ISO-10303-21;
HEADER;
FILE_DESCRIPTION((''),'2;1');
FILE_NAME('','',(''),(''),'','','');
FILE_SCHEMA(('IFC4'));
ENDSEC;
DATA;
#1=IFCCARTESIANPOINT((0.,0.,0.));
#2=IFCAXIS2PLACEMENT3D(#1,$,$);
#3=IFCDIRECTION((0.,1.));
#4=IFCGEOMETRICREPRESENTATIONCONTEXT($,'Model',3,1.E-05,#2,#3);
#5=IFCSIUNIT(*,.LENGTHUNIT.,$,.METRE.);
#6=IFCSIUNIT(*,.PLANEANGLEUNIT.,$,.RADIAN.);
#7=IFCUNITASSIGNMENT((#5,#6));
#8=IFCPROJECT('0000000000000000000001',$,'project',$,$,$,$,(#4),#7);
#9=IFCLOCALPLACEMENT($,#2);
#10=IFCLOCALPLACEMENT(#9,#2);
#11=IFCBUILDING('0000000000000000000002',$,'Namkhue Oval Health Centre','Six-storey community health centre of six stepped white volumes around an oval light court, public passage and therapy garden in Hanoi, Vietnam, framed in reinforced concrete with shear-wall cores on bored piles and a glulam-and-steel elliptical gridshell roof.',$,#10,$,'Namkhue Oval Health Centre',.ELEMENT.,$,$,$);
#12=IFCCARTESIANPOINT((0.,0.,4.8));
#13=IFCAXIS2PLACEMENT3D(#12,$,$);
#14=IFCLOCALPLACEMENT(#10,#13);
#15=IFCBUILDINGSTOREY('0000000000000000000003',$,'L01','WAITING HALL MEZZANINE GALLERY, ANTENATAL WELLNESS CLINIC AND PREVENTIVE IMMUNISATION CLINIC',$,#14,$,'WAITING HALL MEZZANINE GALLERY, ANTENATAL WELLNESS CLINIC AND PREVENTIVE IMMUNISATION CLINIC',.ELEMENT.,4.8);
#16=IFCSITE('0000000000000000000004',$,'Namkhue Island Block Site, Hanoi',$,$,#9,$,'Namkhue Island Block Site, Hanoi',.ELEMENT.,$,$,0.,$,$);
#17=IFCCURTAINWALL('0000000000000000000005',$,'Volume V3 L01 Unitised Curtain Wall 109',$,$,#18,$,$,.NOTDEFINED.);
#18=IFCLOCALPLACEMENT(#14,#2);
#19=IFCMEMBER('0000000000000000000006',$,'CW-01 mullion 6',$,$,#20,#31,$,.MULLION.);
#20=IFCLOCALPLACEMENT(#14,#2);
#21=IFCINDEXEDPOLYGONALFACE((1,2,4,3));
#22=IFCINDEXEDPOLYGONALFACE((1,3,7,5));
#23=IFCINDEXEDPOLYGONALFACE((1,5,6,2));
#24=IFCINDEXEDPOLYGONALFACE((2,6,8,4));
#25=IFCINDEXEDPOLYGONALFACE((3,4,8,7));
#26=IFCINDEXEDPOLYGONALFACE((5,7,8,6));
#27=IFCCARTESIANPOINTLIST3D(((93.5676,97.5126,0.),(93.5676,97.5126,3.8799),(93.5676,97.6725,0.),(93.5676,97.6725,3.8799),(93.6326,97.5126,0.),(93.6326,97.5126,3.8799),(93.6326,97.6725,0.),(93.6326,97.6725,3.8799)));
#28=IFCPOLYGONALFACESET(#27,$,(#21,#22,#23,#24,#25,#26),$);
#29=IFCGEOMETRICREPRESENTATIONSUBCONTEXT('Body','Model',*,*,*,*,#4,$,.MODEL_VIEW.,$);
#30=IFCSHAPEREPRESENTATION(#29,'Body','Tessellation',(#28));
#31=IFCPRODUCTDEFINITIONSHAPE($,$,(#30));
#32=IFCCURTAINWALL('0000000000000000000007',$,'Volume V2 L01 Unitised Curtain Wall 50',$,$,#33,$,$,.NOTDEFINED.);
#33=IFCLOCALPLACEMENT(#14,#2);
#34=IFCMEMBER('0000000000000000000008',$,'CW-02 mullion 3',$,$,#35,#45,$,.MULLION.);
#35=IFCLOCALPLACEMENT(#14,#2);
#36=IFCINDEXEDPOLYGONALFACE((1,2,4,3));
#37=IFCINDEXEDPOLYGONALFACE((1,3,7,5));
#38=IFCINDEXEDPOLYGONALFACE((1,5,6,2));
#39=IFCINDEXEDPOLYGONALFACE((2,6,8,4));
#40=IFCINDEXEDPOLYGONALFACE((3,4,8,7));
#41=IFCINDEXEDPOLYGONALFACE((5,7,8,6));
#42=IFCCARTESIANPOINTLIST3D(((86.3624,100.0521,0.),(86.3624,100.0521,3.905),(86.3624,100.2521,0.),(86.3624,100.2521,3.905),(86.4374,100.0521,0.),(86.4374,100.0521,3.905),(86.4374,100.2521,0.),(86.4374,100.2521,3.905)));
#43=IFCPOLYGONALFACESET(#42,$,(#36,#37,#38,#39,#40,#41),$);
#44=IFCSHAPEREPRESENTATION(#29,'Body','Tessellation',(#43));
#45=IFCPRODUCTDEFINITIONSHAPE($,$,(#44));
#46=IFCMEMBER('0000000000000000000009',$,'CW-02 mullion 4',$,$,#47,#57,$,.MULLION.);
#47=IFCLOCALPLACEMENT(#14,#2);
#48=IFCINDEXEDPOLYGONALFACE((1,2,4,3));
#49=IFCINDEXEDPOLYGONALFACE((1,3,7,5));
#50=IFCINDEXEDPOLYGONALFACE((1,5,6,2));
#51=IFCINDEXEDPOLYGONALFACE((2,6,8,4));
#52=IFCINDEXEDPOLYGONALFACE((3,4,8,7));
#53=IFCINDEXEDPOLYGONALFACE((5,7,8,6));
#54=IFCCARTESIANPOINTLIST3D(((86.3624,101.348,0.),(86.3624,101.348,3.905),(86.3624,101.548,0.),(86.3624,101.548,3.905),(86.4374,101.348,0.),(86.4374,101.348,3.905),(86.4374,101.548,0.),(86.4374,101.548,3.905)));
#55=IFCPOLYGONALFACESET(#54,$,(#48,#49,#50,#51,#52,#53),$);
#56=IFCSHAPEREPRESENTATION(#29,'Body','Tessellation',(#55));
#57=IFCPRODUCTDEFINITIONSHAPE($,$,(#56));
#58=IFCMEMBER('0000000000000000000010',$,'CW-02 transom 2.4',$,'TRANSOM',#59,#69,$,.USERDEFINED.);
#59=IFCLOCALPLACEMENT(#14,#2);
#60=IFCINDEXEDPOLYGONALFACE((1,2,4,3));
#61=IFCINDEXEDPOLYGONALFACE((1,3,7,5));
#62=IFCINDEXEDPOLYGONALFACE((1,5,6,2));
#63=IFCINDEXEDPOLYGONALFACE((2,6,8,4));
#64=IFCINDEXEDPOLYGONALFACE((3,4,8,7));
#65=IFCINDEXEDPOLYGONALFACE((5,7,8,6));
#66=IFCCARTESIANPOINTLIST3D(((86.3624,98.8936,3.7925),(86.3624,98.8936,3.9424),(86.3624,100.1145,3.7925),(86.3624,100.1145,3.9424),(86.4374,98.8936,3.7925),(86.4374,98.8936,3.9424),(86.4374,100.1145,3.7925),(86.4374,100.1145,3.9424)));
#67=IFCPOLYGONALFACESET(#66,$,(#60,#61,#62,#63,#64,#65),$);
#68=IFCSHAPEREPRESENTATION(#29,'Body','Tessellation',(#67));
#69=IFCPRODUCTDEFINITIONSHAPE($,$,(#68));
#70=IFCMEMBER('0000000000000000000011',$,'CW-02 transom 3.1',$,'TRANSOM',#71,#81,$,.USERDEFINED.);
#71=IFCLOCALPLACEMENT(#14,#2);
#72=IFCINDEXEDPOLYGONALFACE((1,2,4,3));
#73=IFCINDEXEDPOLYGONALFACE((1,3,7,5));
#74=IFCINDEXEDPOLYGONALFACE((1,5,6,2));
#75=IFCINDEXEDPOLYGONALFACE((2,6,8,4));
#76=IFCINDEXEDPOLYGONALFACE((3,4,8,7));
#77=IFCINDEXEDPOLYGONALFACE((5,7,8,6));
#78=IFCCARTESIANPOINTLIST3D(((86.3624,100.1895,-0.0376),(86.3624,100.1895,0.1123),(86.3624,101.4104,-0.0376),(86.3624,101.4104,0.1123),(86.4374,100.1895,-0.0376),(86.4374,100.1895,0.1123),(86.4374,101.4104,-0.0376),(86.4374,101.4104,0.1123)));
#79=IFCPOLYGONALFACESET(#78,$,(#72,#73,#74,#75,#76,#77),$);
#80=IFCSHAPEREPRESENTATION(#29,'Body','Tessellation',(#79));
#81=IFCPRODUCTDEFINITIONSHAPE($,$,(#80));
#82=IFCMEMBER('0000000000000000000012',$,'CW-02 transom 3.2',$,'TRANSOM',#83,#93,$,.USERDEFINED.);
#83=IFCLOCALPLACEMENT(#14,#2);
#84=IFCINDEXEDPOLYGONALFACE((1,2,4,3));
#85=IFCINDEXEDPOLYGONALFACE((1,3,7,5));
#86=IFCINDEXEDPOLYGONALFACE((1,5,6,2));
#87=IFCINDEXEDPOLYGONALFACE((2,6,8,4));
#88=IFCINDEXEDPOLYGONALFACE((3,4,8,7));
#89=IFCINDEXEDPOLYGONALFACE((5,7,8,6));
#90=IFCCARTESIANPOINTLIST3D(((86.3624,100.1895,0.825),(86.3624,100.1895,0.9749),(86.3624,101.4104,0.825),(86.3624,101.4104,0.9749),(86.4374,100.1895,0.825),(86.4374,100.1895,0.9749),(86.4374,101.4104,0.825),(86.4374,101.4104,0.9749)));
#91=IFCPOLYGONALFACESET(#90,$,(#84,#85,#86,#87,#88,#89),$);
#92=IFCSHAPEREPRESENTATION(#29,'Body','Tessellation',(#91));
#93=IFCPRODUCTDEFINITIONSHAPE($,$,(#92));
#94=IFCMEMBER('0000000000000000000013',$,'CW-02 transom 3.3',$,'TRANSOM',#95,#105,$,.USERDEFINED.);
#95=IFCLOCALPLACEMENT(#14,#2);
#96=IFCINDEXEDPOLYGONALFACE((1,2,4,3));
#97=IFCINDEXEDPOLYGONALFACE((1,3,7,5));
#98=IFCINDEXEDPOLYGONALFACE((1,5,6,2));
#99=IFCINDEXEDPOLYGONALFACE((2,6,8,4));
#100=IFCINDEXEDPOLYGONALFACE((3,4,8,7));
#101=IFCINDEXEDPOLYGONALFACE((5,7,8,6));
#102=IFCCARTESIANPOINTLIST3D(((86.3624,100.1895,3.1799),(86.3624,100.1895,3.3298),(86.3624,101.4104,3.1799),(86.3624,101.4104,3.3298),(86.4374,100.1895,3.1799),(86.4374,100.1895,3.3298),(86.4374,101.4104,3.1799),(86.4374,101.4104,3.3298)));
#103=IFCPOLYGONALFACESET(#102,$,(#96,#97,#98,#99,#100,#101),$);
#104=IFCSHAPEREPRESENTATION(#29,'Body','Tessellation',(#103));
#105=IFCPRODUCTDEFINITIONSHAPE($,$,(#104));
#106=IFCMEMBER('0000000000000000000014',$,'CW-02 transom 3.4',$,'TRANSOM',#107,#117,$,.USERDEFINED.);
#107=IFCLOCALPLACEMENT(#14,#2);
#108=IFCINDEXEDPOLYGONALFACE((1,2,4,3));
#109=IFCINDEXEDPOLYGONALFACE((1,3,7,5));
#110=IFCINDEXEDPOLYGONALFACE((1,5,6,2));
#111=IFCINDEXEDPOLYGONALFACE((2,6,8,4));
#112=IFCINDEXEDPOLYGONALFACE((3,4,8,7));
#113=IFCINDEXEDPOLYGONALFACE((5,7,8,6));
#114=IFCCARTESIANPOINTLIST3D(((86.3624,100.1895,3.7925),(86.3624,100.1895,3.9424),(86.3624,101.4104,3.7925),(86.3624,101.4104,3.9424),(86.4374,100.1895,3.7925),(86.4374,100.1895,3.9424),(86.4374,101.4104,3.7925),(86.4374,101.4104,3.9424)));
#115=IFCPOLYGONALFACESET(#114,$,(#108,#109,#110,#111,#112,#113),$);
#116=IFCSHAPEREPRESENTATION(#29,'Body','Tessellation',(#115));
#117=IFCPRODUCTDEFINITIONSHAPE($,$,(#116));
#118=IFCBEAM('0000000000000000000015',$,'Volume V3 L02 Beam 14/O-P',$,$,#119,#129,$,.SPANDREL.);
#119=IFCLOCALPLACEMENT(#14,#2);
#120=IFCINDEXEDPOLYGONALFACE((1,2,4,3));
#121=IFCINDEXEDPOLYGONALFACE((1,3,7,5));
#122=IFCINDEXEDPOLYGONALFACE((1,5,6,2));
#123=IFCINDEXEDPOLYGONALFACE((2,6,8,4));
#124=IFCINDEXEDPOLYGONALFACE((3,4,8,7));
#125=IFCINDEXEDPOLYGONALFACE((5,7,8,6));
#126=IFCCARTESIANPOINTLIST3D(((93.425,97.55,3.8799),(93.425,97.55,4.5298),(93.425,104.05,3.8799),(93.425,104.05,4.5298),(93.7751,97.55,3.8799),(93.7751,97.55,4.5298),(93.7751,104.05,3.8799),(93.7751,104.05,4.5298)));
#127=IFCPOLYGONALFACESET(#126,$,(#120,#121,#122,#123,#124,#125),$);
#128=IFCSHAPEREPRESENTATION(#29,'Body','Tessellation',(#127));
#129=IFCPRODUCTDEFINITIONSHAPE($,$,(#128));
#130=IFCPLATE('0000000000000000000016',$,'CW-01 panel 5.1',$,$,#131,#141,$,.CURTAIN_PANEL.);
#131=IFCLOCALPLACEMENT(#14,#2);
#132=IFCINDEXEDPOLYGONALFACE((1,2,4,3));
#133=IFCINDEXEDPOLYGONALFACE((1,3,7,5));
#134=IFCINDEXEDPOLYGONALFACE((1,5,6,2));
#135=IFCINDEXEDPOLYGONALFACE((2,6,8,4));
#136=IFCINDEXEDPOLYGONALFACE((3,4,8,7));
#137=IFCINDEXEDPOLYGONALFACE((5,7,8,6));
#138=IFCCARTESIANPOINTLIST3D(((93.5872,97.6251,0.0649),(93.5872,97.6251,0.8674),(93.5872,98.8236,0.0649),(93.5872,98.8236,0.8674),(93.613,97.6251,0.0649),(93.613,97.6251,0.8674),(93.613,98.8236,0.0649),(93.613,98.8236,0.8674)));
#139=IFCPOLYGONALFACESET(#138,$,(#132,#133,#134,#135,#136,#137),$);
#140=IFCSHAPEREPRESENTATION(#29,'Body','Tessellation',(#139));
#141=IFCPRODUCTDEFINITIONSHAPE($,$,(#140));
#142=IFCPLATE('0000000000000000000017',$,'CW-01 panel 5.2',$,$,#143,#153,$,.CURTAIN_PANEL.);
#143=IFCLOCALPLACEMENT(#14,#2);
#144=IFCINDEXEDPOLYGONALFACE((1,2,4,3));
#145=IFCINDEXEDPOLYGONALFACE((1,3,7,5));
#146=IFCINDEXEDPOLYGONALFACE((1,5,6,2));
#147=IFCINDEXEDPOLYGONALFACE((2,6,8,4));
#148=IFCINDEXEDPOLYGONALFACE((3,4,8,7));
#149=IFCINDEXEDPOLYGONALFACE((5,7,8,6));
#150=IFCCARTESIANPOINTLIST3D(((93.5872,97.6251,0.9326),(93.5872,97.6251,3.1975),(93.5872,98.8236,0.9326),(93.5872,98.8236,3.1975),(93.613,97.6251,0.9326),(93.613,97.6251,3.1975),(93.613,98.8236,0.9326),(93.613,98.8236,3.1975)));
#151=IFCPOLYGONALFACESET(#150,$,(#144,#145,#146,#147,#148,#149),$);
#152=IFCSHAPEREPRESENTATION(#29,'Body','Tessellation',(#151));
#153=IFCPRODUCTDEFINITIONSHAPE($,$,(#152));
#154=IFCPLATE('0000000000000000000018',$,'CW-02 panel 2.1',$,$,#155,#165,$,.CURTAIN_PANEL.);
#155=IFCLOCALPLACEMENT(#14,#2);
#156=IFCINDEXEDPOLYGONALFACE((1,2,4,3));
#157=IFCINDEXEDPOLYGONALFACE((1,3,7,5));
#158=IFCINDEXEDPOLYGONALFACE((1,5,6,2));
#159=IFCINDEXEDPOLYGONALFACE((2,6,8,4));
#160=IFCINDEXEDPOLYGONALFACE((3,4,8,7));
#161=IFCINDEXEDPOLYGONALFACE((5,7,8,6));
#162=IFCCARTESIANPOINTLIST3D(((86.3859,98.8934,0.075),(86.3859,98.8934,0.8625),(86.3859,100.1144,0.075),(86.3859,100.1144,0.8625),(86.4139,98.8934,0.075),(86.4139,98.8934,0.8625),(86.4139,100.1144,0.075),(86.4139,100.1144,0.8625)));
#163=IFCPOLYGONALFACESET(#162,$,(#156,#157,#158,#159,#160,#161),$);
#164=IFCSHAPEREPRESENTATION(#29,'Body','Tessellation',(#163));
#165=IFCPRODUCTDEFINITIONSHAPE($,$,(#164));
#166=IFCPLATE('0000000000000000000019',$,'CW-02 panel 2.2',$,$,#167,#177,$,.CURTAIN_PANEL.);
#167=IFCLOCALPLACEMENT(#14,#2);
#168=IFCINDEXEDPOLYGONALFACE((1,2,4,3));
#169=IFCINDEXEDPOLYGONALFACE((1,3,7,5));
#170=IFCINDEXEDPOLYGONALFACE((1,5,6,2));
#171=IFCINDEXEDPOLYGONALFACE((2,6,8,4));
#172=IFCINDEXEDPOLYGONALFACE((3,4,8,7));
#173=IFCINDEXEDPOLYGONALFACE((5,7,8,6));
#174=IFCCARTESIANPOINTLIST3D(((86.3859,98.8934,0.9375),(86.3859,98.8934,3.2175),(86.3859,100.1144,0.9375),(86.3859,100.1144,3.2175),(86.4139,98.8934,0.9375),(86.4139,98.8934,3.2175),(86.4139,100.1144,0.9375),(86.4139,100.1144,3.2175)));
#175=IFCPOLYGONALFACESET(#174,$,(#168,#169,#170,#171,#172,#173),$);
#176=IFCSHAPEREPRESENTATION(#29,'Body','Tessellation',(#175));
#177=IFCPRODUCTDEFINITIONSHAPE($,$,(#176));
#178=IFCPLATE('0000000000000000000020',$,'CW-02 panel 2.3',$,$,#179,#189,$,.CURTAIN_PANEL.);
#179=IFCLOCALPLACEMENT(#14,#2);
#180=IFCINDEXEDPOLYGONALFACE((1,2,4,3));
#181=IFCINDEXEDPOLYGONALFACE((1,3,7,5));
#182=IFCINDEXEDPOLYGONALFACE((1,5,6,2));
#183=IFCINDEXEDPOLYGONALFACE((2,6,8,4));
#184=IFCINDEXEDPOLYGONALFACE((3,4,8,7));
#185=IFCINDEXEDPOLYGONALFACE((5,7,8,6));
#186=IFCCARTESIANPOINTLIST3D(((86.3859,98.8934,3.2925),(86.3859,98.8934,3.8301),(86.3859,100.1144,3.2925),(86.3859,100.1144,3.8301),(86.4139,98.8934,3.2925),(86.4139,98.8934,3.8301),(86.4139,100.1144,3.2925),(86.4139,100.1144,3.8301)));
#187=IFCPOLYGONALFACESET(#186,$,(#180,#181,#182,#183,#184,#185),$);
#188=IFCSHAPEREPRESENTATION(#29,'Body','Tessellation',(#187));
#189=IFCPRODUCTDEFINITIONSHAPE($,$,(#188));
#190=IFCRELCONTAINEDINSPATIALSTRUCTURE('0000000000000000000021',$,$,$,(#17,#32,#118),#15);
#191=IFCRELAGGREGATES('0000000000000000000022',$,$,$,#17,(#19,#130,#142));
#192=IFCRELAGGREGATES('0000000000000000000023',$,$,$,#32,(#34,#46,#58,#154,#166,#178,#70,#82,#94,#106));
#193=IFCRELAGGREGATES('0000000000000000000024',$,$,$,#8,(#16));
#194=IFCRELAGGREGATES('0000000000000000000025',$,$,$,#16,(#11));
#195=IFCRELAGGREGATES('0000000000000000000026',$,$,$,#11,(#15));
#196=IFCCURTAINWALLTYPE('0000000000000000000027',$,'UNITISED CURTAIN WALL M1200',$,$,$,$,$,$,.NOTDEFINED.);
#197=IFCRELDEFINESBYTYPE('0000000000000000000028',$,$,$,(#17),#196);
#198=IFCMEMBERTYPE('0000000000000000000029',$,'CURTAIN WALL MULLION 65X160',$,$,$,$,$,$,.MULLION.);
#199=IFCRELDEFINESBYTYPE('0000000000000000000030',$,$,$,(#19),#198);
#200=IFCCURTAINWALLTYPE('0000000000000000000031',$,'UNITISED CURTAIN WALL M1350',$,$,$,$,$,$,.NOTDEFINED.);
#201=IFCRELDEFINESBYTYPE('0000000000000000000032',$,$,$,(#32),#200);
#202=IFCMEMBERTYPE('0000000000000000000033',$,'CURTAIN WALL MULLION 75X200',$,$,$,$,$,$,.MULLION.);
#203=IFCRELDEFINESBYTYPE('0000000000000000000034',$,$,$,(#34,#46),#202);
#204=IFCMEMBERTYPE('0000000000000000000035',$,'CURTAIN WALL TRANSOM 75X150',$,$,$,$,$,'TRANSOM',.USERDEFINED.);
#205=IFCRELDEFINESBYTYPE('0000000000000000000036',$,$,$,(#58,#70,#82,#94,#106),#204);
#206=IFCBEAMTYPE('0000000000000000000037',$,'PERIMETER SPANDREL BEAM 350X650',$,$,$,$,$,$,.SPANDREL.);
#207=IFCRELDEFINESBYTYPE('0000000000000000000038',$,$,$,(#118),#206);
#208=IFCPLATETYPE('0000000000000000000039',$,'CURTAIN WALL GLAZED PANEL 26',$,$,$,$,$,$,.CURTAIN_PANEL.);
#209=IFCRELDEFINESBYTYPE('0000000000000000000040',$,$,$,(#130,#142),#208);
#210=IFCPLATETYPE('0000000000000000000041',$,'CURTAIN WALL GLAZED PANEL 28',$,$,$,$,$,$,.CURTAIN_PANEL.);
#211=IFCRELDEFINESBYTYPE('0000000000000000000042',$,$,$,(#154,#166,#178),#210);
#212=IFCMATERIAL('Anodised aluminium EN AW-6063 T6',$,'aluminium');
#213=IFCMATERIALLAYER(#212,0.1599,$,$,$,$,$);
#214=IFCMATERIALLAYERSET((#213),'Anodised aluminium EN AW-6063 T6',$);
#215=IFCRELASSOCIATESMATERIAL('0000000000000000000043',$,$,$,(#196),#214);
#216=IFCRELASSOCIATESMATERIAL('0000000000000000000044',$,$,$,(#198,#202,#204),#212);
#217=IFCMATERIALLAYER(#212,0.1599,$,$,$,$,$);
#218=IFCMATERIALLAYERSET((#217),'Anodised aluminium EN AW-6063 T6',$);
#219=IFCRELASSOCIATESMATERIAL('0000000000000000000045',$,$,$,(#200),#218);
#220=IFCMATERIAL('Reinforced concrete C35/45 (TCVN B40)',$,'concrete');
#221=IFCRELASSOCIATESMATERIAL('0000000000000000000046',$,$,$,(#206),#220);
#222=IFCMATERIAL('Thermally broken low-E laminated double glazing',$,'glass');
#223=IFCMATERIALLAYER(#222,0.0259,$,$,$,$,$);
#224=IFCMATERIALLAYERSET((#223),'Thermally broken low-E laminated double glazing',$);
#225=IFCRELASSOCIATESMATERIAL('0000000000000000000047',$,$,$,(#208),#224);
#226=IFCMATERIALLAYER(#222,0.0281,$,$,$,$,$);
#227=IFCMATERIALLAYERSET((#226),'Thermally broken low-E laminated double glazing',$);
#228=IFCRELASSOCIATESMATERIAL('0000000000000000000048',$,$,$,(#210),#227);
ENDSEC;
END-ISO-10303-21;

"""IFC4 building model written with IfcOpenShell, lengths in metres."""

from ifc_helpers import new_model, si_unit, direction, frame, origin, origin_2d, place, context, subcontext, project, spatial, rectangle, extrude, material, layer, layer_set, material_profile, profile_set, type_object, element, aggregate, save


model = new_model("IFC4")

# Units and contexts
model_context = context("Model", 3, precision=1e-05, world=origin(), true_north=direction((0.0, 1.0)))
body_context = subcontext(model_context, "Body", "Model", "MODEL_VIEW")
ifc_project = project(units=[si_unit("LENGTHUNIT", "METRE"), si_unit("PLANEANGLEUNIT", "RADIAN")], contexts=[model_context])

# Site, building, storey
site_placement = place(None, origin())
site = spatial("IfcSite", under=ifc_project, at=site_placement, Name="Namkhue Island Block Site, Hanoi", LongName="Namkhue Island Block Site, Hanoi", CompositionType="ELEMENT", RefElevation=0.0)
building_placement = place(site_placement, origin())
building = spatial("IfcBuilding", under=site, at=building_placement, Name="Namkhue Oval Health Centre", Description="Six-storey community health centre of six stepped white volumes around an oval light court, public passage and therapy garden in Hanoi, Vietnam, framed in reinforced concrete with shear-wall cores on bored piles and a glulam-and-steel elliptical gridshell roof.", LongName="Namkhue Oval Health Centre", CompositionType="ELEMENT")
storey_placement = place(building_placement, frame((0.0, 0.0, 4.8)))
storey = spatial("IfcBuildingStorey", under=building, at=storey_placement, Name="L01", Description="WAITING HALL MEZZANINE GALLERY, ANTENATAL WELLNESS CLINIC AND PREVENTIVE IMMUNISATION CLINIC", LongName="WAITING HALL MEZZANINE GALLERY, ANTENATAL WELLNESS CLINIC AND PREVENTIVE IMMUNISATION CLINIC", CompositionType="ELEMENT", Elevation=4.8)

# Curtain wall, member
ifc_material_1 = material(Name="Anodised aluminium EN AW-6063 T6", Category="aluminium")
ifc_layer_1 = layer(ifc_material_1, 0.1599)
ifc_layer_set_1 = layer_set([ifc_layer_1], Name="Anodised aluminium EN AW-6063 T6")
curtain_wall_type_1 = type_object("IfcCurtainWallType", Name="UNITISED CURTAIN WALL M1200", PredefinedType="NOTDEFINED", material=ifc_layer_set_1)
curtain_wall_1_placement = place(storey_placement, origin())
curtain_wall_1 = element("IfcCurtainWall", 1, at=curtain_wall_1_placement, inside=storey, type_object=curtain_wall_type_1, Name="Volume V3 L01 Unitised Curtain Wall 109", PredefinedType="NOTDEFINED")
ifc_material_profile_1 = material_profile(ifc_material_1, rectangle(XDim=0.0649, YDim=0.1599, at=origin_2d()), Name="ALU 65x160")
ifc_profile_set_1 = profile_set([ifc_material_profile_1], Name="Anodised aluminium EN AW-6063 T6")
member_type_1 = type_object("IfcMemberType", Name="CURTAIN WALL MULLION 65X160", PredefinedType="MULLION", material=ifc_profile_set_1)
member_1_placement = place(storey_placement, frame((93.6001, 97.5925, 0.0), z_axis=(0.0, 0.0, 1.0), x_axis=(1.0, 0.0, 0.0)))
member_1 = element("IfcMember", 2, at=member_1_placement, type_object=member_type_1, Name="CW-01 mullion 6", PredefinedType="MULLION", context=body_context, shape_type="SweptSolid", body=[
    extrude(rectangle(XDim=0.0649, YDim=0.1599, at=origin_2d()), origin(), (0.0, 0.0, 1.0), 3.8799),
])

# Curtain wall, members
ifc_layer_2 = layer(ifc_material_1, 0.1599)
ifc_layer_set_2 = layer_set([ifc_layer_2], Name="Anodised aluminium EN AW-6063 T6")
curtain_wall_type_2 = type_object("IfcCurtainWallType", Name="UNITISED CURTAIN WALL M1350", PredefinedType="NOTDEFINED", material=ifc_layer_set_2)
curtain_wall_2_placement = place(storey_placement, origin())
curtain_wall_2 = element("IfcCurtainWall", 3, at=curtain_wall_2_placement, inside=storey, type_object=curtain_wall_type_2, Name="Volume V2 L01 Unitised Curtain Wall 50", PredefinedType="NOTDEFINED")
ifc_material_profile_2 = material_profile(ifc_material_1, rectangle(XDim=0.075, YDim=0.2, at=origin_2d()), Name="ALU 75x200")
ifc_profile_set_2 = profile_set([ifc_material_profile_2], Name="Anodised aluminium EN AW-6063 T6")
member_type_2 = type_object("IfcMemberType", Name="CURTAIN WALL MULLION 75X200", PredefinedType="MULLION", material=ifc_profile_set_2)
member_2_placement = place(storey_placement, frame((86.3999, 100.1521, 0.0), z_axis=(0.0, 0.0, 1.0), x_axis=(-1.0, 0.0, 0.0)))
member_2 = element("IfcMember", 4, at=member_2_placement, type_object=member_type_2, Name="CW-02 mullion 3", PredefinedType="MULLION", context=body_context, shape_type="SweptSolid", body=[
    extrude(rectangle(XDim=0.075, YDim=0.2, at=origin_2d()), origin(), (0.0, 0.0, 1.0), 3.905),
])
member_3_placement = place(storey_placement, frame((86.3999, 101.448, 0.0), z_axis=(0.0, 0.0, 1.0), x_axis=(-1.0, 0.0, 0.0)))
member_3 = element("IfcMember", 5, at=member_3_placement, type_object=member_type_2, Name="CW-02 mullion 4", PredefinedType="MULLION", context=body_context, shape_type="SweptSolid", body=[
    extrude(rectangle(XDim=0.075, YDim=0.2, at=origin_2d()), origin(), (0.0, 0.0, 1.0), 3.905),
])
ifc_material_profile_3 = material_profile(ifc_material_1, rectangle(XDim=0.075, YDim=0.1499, at=origin_2d()), Name="ALU 75x150")
ifc_profile_set_3 = profile_set([ifc_material_profile_3], Name="Anodised aluminium EN AW-6063 T6")
member_type_3 = type_object("IfcMemberType", Name="CURTAIN WALL TRANSOM 75X150", ElementType="TRANSOM", PredefinedType="USERDEFINED", material=ifc_profile_set_3)
member_4_placement = place(storey_placement, frame((86.3999, 98.8936, 3.8674), z_axis=(0.0, 1.0, 0.0), x_axis=(-1.0, 0.0, 0.0)))
member_4 = element("IfcMember", 6, at=member_4_placement, type_object=member_type_3, Name="CW-02 transom 2.4", ObjectType="TRANSOM", PredefinedType="USERDEFINED", context=body_context, shape_type="SweptSolid", body=[
    extrude(rectangle(XDim=0.075, YDim=0.1499, at=origin_2d()), origin(), (0.0, 0.0, 1.0), 1.2209),
])
member_5_placement = place(storey_placement, frame((86.3999, 100.1895, 0.0374), z_axis=(0.0, 1.0, 0.0), x_axis=(-1.0, 0.0, 0.0)))
member_5 = element("IfcMember", 7, at=member_5_placement, type_object=member_type_3, Name="CW-02 transom 3.1", ObjectType="TRANSOM", PredefinedType="USERDEFINED", context=body_context, shape_type="SweptSolid", body=[
    extrude(rectangle(XDim=0.075, YDim=0.1499, at=origin_2d()), origin(), (0.0, 0.0, 1.0), 1.2209),
])
member_6_placement = place(storey_placement, frame((86.3999, 100.1895, 0.8999), z_axis=(0.0, 1.0, 0.0), x_axis=(-1.0, 0.0, 0.0)))
member_6 = element("IfcMember", 8, at=member_6_placement, type_object=member_type_3, Name="CW-02 transom 3.2", ObjectType="TRANSOM", PredefinedType="USERDEFINED", context=body_context, shape_type="SweptSolid", body=[
    extrude(rectangle(XDim=0.075, YDim=0.1499, at=origin_2d()), origin(), (0.0, 0.0, 1.0), 1.2209),
])
member_7_placement = place(storey_placement, frame((86.3999, 100.1895, 3.2549), z_axis=(0.0, 1.0, 0.0), x_axis=(-1.0, 0.0, 0.0)))
member_7 = element("IfcMember", 9, at=member_7_placement, type_object=member_type_3, Name="CW-02 transom 3.3", ObjectType="TRANSOM", PredefinedType="USERDEFINED", context=body_context, shape_type="SweptSolid", body=[
    extrude(rectangle(XDim=0.075, YDim=0.1499, at=origin_2d()), origin(), (0.0, 0.0, 1.0), 1.2209),
])
member_8_placement = place(storey_placement, frame((86.3999, 100.1895, 3.8674), z_axis=(0.0, 1.0, 0.0), x_axis=(-1.0, 0.0, 0.0)))
member_8 = element("IfcMember", 10, at=member_8_placement, type_object=member_type_3, Name="CW-02 transom 3.4", ObjectType="TRANSOM", PredefinedType="USERDEFINED", context=body_context, shape_type="SweptSolid", body=[
    extrude(rectangle(XDim=0.075, YDim=0.1499, at=origin_2d()), origin(), (0.0, 0.0, 1.0), 1.2209),
])

# Beam
ifc_material_2 = material(Name="Reinforced concrete C35/45 (TCVN B40)", Category="concrete")
ifc_material_profile_4 = material_profile(ifc_material_2, rectangle(XDim=0.3501, YDim=0.6499, at=origin_2d()), Name="RC 350x650")
ifc_profile_set_4 = profile_set([ifc_material_profile_4], Name="Reinforced concrete C35/45 (TCVN B40)")
beam_type = type_object("IfcBeamType", Name="PERIMETER SPANDREL BEAM 350X650", PredefinedType="SPANDREL", material=ifc_profile_set_4)
beam_placement = place(storey_placement, frame((93.6001, 97.55, 4.2048), z_axis=(0.0, 1.0, 0.0), x_axis=(-1.0, 0.0, 0.0)))
element("IfcBeam", 11, at=beam_placement, inside=storey, type_object=beam_type, Name="Volume V3 L02 Beam 14/O-P", PredefinedType="SPANDREL", context=body_context, shape_type="SweptSolid", body=[
    extrude(rectangle(XDim=0.3501, YDim=0.6499, at=origin_2d()), origin(), (0.0, 0.0, 1.0), 6.5),
])

# Plates
ifc_material_3 = material(Name="Thermally broken low-E laminated double glazing", Category="glass")
ifc_layer_3 = layer(ifc_material_3, 0.0259)
ifc_layer_set_3 = layer_set([ifc_layer_3], Name="Thermally broken low-E laminated double glazing")
plate_type_1 = type_object("IfcPlateType", Name="CURTAIN WALL GLAZED PANEL 26", PredefinedType="CURTAIN_PANEL", material=ifc_layer_set_3)
plate_1_placement = place(storey_placement, frame((93.6001, 98.2244, 0.0649), z_axis=(0.0, 0.0, 1.0), x_axis=(0.0, -1.0, 0.0)))
plate_1 = element("IfcPlate", 12, at=plate_1_placement, type_object=plate_type_1, Name="CW-01 panel 5.1", PredefinedType="CURTAIN_PANEL", context=body_context, shape_type="SweptSolid", body=[
    extrude(rectangle(XDim=1.1985, YDim=0.0259, at=origin_2d()), origin(), (0.0, 0.0, 1.0), 0.8025),
])
plate_2_placement = place(storey_placement, frame((93.6001, 98.2244, 0.9326), z_axis=(0.0, 0.0, 1.0), x_axis=(0.0, -1.0, 0.0)))
plate_2 = element("IfcPlate", 13, at=plate_2_placement, type_object=plate_type_1, Name="CW-01 panel 5.2", PredefinedType="CURTAIN_PANEL", context=body_context, shape_type="SweptSolid", body=[
    extrude(rectangle(XDim=1.1985, YDim=0.0259, at=origin_2d()), origin(), (0.0, 0.0, 1.0), 2.2649),
])
aggregate(curtain_wall_1, [member_1, plate_1, plate_2])
ifc_layer_4 = layer(ifc_material_3, 0.0281)
ifc_layer_set_4 = layer_set([ifc_layer_4], Name="Thermally broken low-E laminated double glazing")
plate_type_2 = type_object("IfcPlateType", Name="CURTAIN WALL GLAZED PANEL 28", PredefinedType="CURTAIN_PANEL", material=ifc_layer_set_4)
plate_3_placement = place(storey_placement, frame((86.3999, 99.5039, 0.075), z_axis=(0.0, 0.0, 1.0), x_axis=(0.0, 1.0, 0.0)))
plate_3 = element("IfcPlate", 14, at=plate_3_placement, type_object=plate_type_2, Name="CW-02 panel 2.1", PredefinedType="CURTAIN_PANEL", context=body_context, shape_type="SweptSolid", body=[
    extrude(rectangle(XDim=1.2209, YDim=0.0281, at=origin_2d()), origin(), (0.0, 0.0, 1.0), 0.7876),
])
plate_4_placement = place(storey_placement, frame((86.3999, 99.5039, 0.9375), z_axis=(0.0, 0.0, 1.0), x_axis=(0.0, 1.0, 0.0)))
plate_4 = element("IfcPlate", 15, at=plate_4_placement, type_object=plate_type_2, Name="CW-02 panel 2.2", PredefinedType="CURTAIN_PANEL", context=body_context, shape_type="SweptSolid", body=[
    extrude(rectangle(XDim=1.2209, YDim=0.0281, at=origin_2d()), origin(), (0.0, 0.0, 1.0), 2.28),
])
plate_5_placement = place(storey_placement, frame((86.3999, 99.5039, 3.2925), z_axis=(0.0, 0.0, 1.0), x_axis=(0.0, 1.0, 0.0)))
plate_5 = element("IfcPlate", 16, at=plate_5_placement, type_object=plate_type_2, Name="CW-02 panel 2.3", PredefinedType="CURTAIN_PANEL", context=body_context, shape_type="SweptSolid", body=[
    extrude(rectangle(XDim=1.2209, YDim=0.0281, at=origin_2d()), origin(), (0.0, 0.0, 1.0), 0.5376),
])
aggregate(curtain_wall_2, [member_2, member_3, member_4, plate_3, plate_4, plate_5, member_5, member_6, member_7, member_8])

save(model, "model.ifc")
